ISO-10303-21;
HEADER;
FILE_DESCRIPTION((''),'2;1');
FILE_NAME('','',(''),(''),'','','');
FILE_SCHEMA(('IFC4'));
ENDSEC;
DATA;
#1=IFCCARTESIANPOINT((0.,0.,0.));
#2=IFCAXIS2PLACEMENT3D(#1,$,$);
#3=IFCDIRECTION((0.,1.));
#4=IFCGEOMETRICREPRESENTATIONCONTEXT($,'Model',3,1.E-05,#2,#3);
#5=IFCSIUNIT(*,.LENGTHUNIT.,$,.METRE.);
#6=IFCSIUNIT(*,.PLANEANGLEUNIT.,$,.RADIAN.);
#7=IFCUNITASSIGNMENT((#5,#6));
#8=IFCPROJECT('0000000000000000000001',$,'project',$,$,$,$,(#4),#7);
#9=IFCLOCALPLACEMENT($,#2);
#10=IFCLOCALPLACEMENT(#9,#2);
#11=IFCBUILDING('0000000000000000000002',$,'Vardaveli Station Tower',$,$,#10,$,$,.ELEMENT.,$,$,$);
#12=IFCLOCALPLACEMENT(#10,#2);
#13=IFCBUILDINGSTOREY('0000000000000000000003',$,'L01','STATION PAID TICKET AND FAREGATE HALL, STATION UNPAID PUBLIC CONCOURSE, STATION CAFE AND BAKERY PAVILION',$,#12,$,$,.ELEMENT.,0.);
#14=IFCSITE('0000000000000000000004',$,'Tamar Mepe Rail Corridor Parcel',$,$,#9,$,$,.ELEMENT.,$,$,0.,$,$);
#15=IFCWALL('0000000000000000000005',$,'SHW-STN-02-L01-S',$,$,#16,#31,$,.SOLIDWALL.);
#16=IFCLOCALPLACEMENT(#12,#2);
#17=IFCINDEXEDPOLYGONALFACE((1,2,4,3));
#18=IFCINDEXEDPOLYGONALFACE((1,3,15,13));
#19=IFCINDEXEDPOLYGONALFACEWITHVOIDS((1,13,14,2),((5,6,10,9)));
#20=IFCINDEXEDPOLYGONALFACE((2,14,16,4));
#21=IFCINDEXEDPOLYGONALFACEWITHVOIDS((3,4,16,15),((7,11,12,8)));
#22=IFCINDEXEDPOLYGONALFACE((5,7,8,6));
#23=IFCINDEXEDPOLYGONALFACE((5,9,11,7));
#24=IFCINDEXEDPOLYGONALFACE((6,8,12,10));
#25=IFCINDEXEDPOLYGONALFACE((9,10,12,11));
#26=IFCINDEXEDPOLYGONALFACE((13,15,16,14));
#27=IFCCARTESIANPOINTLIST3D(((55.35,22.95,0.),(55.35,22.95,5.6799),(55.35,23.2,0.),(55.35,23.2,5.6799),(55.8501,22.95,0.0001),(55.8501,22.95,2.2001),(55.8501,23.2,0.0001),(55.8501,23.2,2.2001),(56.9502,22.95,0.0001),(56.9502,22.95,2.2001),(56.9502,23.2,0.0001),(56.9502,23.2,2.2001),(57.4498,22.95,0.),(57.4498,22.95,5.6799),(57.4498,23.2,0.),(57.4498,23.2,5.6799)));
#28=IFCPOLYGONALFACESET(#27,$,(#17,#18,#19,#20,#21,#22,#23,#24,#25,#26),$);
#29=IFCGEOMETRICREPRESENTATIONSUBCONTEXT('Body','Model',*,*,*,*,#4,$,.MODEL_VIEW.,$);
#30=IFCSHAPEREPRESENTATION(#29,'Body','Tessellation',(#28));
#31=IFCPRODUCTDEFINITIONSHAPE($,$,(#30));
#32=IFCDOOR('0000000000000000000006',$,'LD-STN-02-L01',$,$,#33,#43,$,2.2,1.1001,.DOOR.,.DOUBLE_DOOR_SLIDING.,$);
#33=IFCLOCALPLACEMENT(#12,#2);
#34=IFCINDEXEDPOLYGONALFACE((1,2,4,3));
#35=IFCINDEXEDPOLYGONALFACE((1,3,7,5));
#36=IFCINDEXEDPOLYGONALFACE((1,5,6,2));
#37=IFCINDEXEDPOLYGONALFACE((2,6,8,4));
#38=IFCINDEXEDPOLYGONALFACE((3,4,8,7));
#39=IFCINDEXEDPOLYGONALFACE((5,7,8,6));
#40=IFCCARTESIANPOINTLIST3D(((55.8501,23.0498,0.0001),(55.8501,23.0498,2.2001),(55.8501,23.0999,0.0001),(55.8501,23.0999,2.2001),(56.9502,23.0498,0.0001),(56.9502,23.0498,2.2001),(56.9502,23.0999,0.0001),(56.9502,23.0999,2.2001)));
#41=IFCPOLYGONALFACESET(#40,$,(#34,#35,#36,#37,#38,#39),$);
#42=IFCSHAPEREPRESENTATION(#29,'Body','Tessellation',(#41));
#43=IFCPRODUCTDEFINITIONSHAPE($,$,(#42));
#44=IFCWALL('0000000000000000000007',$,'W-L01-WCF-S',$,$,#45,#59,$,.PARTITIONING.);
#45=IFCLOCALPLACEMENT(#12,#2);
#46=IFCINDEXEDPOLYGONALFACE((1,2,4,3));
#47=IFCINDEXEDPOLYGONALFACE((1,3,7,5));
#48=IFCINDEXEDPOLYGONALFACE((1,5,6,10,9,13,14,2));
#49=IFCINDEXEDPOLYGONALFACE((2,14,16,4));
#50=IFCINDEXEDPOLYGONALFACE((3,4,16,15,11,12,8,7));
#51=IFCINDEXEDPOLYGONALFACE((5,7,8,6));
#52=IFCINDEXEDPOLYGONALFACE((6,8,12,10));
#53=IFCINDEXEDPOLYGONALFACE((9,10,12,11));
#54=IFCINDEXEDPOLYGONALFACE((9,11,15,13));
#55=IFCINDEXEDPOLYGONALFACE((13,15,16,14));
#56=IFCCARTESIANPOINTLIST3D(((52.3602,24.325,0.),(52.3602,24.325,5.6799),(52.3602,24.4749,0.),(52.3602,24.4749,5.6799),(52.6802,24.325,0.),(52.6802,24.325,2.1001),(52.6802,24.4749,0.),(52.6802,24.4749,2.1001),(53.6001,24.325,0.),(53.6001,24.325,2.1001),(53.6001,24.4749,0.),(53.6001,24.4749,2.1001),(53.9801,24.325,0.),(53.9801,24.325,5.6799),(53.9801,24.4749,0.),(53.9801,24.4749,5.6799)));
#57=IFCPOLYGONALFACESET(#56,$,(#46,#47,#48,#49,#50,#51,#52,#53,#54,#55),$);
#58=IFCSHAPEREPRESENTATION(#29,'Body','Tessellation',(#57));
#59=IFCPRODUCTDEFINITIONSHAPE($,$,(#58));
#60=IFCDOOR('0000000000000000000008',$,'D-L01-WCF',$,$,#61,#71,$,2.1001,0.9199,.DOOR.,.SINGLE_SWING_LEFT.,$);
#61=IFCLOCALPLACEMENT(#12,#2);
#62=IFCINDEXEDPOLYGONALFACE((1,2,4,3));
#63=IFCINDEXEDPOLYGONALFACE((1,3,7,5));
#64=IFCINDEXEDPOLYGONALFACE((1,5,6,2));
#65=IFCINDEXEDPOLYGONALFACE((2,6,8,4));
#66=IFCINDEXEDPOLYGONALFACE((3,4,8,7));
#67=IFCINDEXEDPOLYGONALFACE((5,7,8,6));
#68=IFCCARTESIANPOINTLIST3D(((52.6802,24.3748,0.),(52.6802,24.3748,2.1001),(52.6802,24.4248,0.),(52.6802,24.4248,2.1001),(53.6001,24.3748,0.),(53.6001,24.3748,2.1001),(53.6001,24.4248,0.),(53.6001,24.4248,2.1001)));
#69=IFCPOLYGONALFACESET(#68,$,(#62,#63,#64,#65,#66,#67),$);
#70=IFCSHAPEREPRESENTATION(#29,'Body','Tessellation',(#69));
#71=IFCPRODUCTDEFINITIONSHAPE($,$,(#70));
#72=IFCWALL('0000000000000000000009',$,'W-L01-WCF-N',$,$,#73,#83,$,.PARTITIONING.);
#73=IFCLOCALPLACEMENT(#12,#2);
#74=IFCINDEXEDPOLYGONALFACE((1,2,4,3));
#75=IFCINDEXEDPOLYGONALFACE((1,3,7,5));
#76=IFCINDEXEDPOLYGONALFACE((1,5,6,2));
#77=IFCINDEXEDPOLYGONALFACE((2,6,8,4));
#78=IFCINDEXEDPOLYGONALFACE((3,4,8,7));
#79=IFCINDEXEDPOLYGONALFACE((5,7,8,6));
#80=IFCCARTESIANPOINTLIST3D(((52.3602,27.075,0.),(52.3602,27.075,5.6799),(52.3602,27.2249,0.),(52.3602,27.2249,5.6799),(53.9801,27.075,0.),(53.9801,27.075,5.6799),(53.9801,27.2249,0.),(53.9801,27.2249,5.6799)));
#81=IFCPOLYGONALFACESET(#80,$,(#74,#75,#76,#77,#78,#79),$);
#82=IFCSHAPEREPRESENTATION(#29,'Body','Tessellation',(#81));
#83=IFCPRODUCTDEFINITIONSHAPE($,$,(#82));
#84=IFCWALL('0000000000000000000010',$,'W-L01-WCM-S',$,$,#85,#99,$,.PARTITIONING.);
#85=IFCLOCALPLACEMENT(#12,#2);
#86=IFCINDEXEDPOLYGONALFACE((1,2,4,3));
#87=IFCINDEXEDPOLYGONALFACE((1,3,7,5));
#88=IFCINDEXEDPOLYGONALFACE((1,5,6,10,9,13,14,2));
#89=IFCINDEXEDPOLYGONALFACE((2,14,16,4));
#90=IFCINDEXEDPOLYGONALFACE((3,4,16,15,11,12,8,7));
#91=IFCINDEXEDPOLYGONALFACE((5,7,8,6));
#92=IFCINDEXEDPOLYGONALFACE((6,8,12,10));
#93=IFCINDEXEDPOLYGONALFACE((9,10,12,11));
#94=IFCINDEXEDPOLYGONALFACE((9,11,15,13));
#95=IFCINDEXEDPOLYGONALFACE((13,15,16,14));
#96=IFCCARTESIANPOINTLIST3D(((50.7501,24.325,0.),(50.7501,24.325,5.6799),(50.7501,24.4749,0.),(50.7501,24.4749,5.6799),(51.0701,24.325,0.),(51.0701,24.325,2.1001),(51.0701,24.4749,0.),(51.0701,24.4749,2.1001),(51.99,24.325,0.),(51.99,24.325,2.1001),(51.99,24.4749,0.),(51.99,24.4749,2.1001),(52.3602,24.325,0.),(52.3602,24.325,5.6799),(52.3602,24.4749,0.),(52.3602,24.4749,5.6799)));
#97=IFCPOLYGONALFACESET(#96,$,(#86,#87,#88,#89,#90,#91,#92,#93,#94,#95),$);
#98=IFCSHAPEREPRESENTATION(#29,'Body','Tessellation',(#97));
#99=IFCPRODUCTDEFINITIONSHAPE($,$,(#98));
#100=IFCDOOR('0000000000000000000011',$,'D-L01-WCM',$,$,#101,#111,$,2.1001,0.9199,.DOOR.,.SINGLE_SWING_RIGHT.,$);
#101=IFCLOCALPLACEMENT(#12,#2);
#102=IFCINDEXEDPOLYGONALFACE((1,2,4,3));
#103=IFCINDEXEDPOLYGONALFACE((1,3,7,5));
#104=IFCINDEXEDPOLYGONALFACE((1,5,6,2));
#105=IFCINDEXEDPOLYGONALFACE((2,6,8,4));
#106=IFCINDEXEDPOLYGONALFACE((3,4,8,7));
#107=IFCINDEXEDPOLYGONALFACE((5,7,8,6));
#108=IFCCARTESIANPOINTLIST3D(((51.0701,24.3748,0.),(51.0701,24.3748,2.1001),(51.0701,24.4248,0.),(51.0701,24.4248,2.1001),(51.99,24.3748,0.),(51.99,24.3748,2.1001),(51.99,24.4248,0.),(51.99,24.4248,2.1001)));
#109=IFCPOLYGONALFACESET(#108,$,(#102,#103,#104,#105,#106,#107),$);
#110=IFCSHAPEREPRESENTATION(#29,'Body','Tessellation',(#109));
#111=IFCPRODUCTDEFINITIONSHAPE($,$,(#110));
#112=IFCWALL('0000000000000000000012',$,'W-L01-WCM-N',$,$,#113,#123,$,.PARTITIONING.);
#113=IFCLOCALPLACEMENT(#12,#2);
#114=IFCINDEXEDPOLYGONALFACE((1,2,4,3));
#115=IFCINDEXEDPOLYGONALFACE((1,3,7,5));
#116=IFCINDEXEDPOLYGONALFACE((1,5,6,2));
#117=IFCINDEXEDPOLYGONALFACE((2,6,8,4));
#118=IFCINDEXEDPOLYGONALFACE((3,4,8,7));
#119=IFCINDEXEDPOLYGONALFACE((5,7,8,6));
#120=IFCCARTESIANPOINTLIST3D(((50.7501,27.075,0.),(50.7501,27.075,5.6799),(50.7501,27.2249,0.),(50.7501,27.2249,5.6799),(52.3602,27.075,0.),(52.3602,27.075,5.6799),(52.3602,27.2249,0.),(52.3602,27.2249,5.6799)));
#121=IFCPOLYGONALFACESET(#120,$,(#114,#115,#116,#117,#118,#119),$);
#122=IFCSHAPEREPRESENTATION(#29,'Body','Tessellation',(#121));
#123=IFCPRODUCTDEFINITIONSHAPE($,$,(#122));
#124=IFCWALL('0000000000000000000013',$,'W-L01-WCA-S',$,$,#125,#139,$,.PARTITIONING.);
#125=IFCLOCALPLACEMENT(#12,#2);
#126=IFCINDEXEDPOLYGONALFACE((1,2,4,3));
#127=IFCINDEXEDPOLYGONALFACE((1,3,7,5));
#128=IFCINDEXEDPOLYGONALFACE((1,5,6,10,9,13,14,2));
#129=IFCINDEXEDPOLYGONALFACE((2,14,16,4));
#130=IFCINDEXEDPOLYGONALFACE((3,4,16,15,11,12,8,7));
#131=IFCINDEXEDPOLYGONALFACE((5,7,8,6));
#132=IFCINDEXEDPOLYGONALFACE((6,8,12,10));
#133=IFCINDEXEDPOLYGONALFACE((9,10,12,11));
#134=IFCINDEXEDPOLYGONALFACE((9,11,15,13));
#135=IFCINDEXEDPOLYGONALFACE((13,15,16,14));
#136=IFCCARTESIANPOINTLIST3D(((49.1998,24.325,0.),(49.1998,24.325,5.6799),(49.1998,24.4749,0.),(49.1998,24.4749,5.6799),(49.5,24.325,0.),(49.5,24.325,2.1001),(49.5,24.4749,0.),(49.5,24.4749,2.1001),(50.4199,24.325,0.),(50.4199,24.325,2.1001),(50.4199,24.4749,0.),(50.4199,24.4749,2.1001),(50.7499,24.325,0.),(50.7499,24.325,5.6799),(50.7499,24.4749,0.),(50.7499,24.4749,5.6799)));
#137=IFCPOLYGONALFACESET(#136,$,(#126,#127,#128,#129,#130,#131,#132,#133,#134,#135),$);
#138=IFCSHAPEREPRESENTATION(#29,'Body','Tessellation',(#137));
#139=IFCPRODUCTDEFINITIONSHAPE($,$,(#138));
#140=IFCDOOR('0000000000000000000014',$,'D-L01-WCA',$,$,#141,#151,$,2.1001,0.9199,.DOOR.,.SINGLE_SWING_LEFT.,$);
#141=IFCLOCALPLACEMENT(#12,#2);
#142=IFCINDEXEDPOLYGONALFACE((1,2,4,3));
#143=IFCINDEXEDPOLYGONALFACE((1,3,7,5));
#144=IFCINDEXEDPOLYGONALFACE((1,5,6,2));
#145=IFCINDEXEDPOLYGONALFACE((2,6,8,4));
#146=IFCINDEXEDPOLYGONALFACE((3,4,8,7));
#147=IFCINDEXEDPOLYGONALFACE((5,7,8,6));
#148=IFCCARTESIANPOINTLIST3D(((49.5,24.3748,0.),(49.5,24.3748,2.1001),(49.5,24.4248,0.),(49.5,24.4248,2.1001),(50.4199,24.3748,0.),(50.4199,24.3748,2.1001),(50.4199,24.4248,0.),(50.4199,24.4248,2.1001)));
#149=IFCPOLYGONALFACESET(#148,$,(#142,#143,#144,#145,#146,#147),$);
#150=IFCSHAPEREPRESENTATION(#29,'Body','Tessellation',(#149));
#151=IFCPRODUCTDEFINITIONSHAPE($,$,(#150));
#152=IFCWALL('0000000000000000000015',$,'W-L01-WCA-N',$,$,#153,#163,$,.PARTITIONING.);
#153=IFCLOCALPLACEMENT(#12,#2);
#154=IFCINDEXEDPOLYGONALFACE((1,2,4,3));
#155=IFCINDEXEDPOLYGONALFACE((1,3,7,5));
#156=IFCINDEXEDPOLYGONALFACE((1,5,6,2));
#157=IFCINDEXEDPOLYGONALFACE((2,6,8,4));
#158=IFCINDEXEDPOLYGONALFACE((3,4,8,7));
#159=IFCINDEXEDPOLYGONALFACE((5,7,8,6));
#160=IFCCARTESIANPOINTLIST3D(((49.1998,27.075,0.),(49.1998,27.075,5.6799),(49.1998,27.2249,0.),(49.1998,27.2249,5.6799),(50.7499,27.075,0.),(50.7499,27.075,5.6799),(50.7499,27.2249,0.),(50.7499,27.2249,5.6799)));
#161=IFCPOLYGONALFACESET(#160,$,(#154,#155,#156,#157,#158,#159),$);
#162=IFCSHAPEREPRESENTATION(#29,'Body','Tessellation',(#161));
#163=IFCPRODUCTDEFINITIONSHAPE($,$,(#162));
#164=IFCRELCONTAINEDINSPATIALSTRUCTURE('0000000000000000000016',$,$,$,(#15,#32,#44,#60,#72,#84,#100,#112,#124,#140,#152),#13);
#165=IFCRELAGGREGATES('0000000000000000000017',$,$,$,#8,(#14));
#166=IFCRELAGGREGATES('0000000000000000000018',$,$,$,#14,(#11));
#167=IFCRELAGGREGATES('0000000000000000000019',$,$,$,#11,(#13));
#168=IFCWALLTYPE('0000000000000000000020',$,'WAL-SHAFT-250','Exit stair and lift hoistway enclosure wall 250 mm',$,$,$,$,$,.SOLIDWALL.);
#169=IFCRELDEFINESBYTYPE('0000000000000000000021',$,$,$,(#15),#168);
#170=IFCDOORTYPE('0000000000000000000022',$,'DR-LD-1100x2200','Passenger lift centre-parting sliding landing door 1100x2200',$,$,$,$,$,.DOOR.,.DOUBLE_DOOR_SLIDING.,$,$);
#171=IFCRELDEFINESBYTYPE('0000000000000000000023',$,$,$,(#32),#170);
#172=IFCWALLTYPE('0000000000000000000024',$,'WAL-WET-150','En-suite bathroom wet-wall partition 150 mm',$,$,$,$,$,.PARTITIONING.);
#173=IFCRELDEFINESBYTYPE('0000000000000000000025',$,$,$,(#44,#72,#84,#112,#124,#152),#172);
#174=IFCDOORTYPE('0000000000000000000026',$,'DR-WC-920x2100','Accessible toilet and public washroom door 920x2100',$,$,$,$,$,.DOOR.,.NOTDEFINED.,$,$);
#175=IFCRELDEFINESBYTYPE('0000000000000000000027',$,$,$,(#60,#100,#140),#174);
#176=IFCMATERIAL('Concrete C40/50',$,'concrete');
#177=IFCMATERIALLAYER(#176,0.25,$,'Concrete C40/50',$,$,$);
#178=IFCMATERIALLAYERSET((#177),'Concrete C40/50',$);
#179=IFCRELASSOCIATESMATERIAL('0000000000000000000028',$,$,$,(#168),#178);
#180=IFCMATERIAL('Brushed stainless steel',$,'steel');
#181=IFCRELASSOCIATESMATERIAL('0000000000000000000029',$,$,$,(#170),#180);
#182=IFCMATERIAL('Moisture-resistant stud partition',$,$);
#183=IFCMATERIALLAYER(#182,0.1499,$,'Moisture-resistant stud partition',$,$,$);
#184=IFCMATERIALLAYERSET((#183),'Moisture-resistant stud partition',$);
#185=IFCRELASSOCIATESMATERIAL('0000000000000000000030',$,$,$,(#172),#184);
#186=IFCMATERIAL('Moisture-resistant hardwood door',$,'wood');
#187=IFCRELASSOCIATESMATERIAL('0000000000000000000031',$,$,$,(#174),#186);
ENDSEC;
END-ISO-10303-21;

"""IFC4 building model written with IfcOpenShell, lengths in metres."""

from ifc_helpers import new_model, si_unit, direction, frame, frame_2d, origin, place, context, subcontext, project, spatial, rectangle, extrude, source, transform, mapped, material, layer, layer_set, type_object, element, fill, save


model = new_model("IFC4")

# Units and contexts
model_context = context("Model", 3, precision=1e-05, world=origin(), true_north=direction((0.0, 1.0)))
body_context = subcontext(model_context, "Body", "Model", "MODEL_VIEW")
ifc_project = project(units=[si_unit("LENGTHUNIT", "METRE"), si_unit("PLANEANGLEUNIT", "RADIAN")], contexts=[model_context])

# Site, building, storey
site_placement = place(None, origin())
site = spatial("IfcSite", under=ifc_project, at=site_placement, Name="Tamar Mepe Rail Corridor Parcel", CompositionType="ELEMENT", RefElevation=0.0)
building_placement = place(site_placement, origin())
building = spatial("IfcBuilding", under=site, at=building_placement, Name="Vardaveli Station Tower", CompositionType="ELEMENT")
storey_placement = place(building_placement, origin())
storey = spatial("IfcBuildingStorey", under=building, at=storey_placement, Name="L01", Description="STATION PAID TICKET AND FAREGATE HALL, STATION UNPAID PUBLIC CONCOURSE, STATION CAFE AND BAKERY PAVILION", CompositionType="ELEMENT", Elevation=0.0)

# Shared definitions
ifc_material_1 = material(Name="Concrete C40/50", Category="concrete")
ifc_layer_1 = layer(ifc_material_1, 0.25, Name="Concrete C40/50")
ifc_layer_set_1 = layer_set([ifc_layer_1], Name="Concrete C40/50")
wall_type_1 = type_object("IfcWallType", Name="WAL-SHAFT-250", Description="Exit stair and lift hoistway enclosure wall 250 mm", PredefinedType="SOLIDWALL", material=ifc_layer_set_1)

# Walls, openings, doors
shared_shape_1 = source(origin(), body_context, "Body", "SweptSolid", [
    extrude(rectangle(XDim=1.1001, YDim=2.2, at=frame_2d((0.55, 1.1001))), frame((0.0, 0.135, 0.0), z_axis=(0.0, -1.0, 0.0), x_axis=(1.0, 0.0, 0.0)), (0.0, 0.0, 1.0), 0.27),
])
shared_shape_2 = source(origin(), body_context, "Body", "SweptSolid", [
    extrude(rectangle(XDim=1.1001, YDim=2.2, at=frame_2d((0.55, 1.1001))), frame((0.0, 0.0249, 0.0), z_axis=(0.0, -1.0, 0.0), x_axis=(1.0, 0.0, 0.0)), (0.0, 0.0, 1.0), 0.05),
])
shared_shape_3 = source(origin(), body_context, "Body", "SweptSolid", [
    extrude(rectangle(XDim=2.0999, YDim=0.25, at=frame_2d((1.0498, 0.0))), origin(), (0.0, 0.0, 1.0), 5.6799),
])
wall_1_placement = place(storey_placement, frame((55.3501, 23.075, 0.0), z_axis=(0.0, 0.0, 1.0), x_axis=(1.0, 0.0, 0.0)))
wall_1 = element("IfcWall", 1, at=wall_1_placement, inside=storey, type_object=wall_type_1, Name="SHW-STN-02-L01-S", PredefinedType="SOLIDWALL", context=body_context, shape_type="MappedRepresentation", body=[
    mapped(shared_shape_3, transform((0.0, 0.0, 0.0), scale=1.0)),
])
opening_1_placement = place(wall_1_placement, frame((0.5, 0.0, 0.0)))
opening_1 = element("IfcOpeningElement", 2, at=opening_1_placement, cuts=wall_1, PredefinedType="OPENING", context=body_context, shape_type="MappedRepresentation", body=[
    mapped(shared_shape_1, transform((0.0, 0.0, 0.0), scale=1.0)),
])
ifc_material_2 = material(Name="Brushed stainless steel", Category="steel")
door_type_1 = type_object("IfcDoorType", Name="DR-LD-1100x2200", Description="Passenger lift centre-parting sliding landing door 1100x2200", OperationType="DOUBLE_DOOR_SLIDING", PredefinedType="DOOR", material=ifc_material_2)
door_1_placement = place(opening_1_placement, origin())
door_1 = element("IfcDoor", 3, at=door_1_placement, inside=storey, type_object=door_type_1, Name="LD-STN-02-L01", OperationType="DOUBLE_DOOR_SLIDING", OverallHeight=2.2, OverallWidth=1.1001, PredefinedType="DOOR", context=body_context, shape_type="MappedRepresentation", body=[
    mapped(shared_shape_2, transform((0.0, 0.0, 0.0), scale=1.0)),
])
fill(opening_1, door_1)
ifc_material_3 = material(Name="Moisture-resistant stud partition")
ifc_layer_2 = layer(ifc_material_3, 0.1499, Name="Moisture-resistant stud partition")
ifc_layer_set_2 = layer_set([ifc_layer_2], Name="Moisture-resistant stud partition")
wall_type_2 = type_object("IfcWallType", Name="WAL-WET-150", Description="En-suite bathroom wet-wall partition 150 mm", PredefinedType="PARTITIONING", material=ifc_layer_set_2)
shared_shape_4 = source(origin(), body_context, "Body", "SweptSolid", [
    extrude(rectangle(XDim=1.6199, YDim=0.1499, at=frame_2d((0.8101, 0.0))), origin(), (0.0, 0.0, 1.0), 5.6799),
])
wall_2_placement = place(storey_placement, frame((52.3601, 24.3999, 0.0), z_axis=(0.0, 0.0, 1.0), x_axis=(1.0, 0.0, 0.0)))
wall_2 = element("IfcWall", 4, at=wall_2_placement, inside=storey, type_object=wall_type_2, Name="W-L01-WCF-S", PredefinedType="PARTITIONING", context=body_context, shape_type="MappedRepresentation", body=[
    mapped(shared_shape_4, transform((0.0, 0.0, 0.0), scale=1.0)),
])
shared_shape_5 = source(origin(), body_context, "Body", "SweptSolid", [
    extrude(rectangle(XDim=0.9199, YDim=2.1001, at=frame_2d((0.46, 1.05))), frame((0.0, 0.085, 0.0), z_axis=(0.0, -1.0, 0.0), x_axis=(1.0, 0.0, 0.0)), (0.0, 0.0, 1.0), 0.1699),
])
opening_2_placement = place(wall_2_placement, frame((0.3201, 0.0, 0.0)))
opening_2 = element("IfcOpeningElement", 5, at=opening_2_placement, cuts=wall_2, PredefinedType="OPENING", context=body_context, shape_type="MappedRepresentation", body=[
    mapped(shared_shape_5, transform((0.0, 0.0, 0.0), scale=1.0)),
])
ifc_material_4 = material(Name="Moisture-resistant hardwood door", Category="wood")
door_type_2 = type_object("IfcDoorType", Name="DR-WC-920x2100", Description="Accessible toilet and public washroom door 920x2100", OperationType="NOTDEFINED", PredefinedType="DOOR", material=ifc_material_4)
shared_shape_6 = source(origin(), body_context, "Body", "SweptSolid", [
    extrude(rectangle(XDim=0.9199, YDim=2.1001, at=frame_2d((0.46, 1.05))), frame((0.0, 0.0249, 0.0), z_axis=(0.0, -1.0, 0.0), x_axis=(1.0, 0.0, 0.0)), (0.0, 0.0, 1.0), 0.05),
])
door_2_placement = place(opening_2_placement, origin())
door_2 = element("IfcDoor", 6, at=door_2_placement, inside=storey, type_object=door_type_2, Name="D-L01-WCF", OperationType="SINGLE_SWING_LEFT", OverallHeight=2.1001, OverallWidth=0.9199, PredefinedType="DOOR", context=body_context, shape_type="MappedRepresentation", body=[
    mapped(shared_shape_6, transform((0.0, 0.0, 0.0), scale=1.0)),
])
fill(opening_2, door_2)

# Wall
wall_3_placement = place(storey_placement, frame((52.3601, 27.1499, 0.0), z_axis=(0.0, 0.0, 1.0), x_axis=(1.0, 0.0, 0.0)))
element("IfcWall", 7, at=wall_3_placement, inside=storey, type_object=wall_type_2, Name="W-L01-WCF-N", PredefinedType="PARTITIONING", context=body_context, shape_type="MappedRepresentation", body=[
    mapped(shared_shape_4, transform((0.0, 0.0, 0.0), scale=1.0)),
])

# Wall, opening, door
shared_shape_7 = source(origin(), body_context, "Body", "SweptSolid", [
    extrude(rectangle(XDim=1.6101, YDim=0.1499, at=frame_2d((0.8052, 0.0))), origin(), (0.0, 0.0, 1.0), 5.6799),
])
wall_4_placement = place(storey_placement, frame((50.75, 24.3999, 0.0), z_axis=(0.0, 0.0, 1.0), x_axis=(1.0, 0.0, 0.0)))
wall_4 = element("IfcWall", 8, at=wall_4_placement, inside=storey, type_object=wall_type_2, Name="W-L01-WCM-S", PredefinedType="PARTITIONING", context=body_context, shape_type="MappedRepresentation", body=[
    mapped(shared_shape_7, transform((0.0, 0.0, 0.0), scale=1.0)),
])
opening_3_placement = place(wall_4_placement, frame((0.3201, 0.0, 0.0)))
opening_3 = element("IfcOpeningElement", 9, at=opening_3_placement, cuts=wall_4, PredefinedType="OPENING", context=body_context, shape_type="MappedRepresentation", body=[
    mapped(shared_shape_5, transform((0.0, 0.0, 0.0), scale=1.0)),
])
door_3_placement = place(opening_3_placement, origin())
door_3 = element("IfcDoor", 10, at=door_3_placement, inside=storey, type_object=door_type_2, Name="D-L01-WCM", OperationType="SINGLE_SWING_RIGHT", OverallHeight=2.1001, OverallWidth=0.9199, PredefinedType="DOOR", context=body_context, shape_type="MappedRepresentation", body=[
    mapped(shared_shape_6, transform((0.0, 0.0, 0.0), scale=1.0)),
])
fill(opening_3, door_3)

# Wall
wall_5_placement = place(storey_placement, frame((50.75, 27.1499, 0.0), z_axis=(0.0, 0.0, 1.0), x_axis=(1.0, 0.0, 0.0)))
element("IfcWall", 11, at=wall_5_placement, inside=storey, type_object=wall_type_2, Name="W-L01-WCM-N", PredefinedType="PARTITIONING", context=body_context, shape_type="MappedRepresentation", body=[
    mapped(shared_shape_7, transform((0.0, 0.0, 0.0), scale=1.0)),
])

# Wall, opening, door
shared_shape_8 = source(origin(), body_context, "Body", "SweptSolid", [
    extrude(rectangle(XDim=1.55, YDim=0.1499, at=frame_2d((0.7749, 0.0))), origin(), (0.0, 0.0, 1.0), 5.6799),
])
wall_6_placement = place(storey_placement, frame((49.2, 24.3999, 0.0), z_axis=(0.0, 0.0, 1.0), x_axis=(1.0, 0.0, 0.0)))
wall_6 = element("IfcWall", 12, at=wall_6_placement, inside=storey, type_object=wall_type_2, Name="W-L01-WCA-S", PredefinedType="PARTITIONING", context=body_context, shape_type="MappedRepresentation", body=[
    mapped(shared_shape_8, transform((0.0, 0.0, 0.0), scale=1.0)),
])
opening_4_placement = place(wall_6_placement, frame((0.3, 0.0, 0.0)))
opening_4 = element("IfcOpeningElement", 13, at=opening_4_placement, cuts=wall_6, PredefinedType="OPENING", context=body_context, shape_type="MappedRepresentation", body=[
    mapped(shared_shape_5, transform((0.0, 0.0, 0.0), scale=1.0)),
])
door_4_placement = place(opening_4_placement, origin())
door_4 = element("IfcDoor", 14, at=door_4_placement, inside=storey, type_object=door_type_2, Name="D-L01-WCA", OperationType="SINGLE_SWING_LEFT", OverallHeight=2.1001, OverallWidth=0.9199, PredefinedType="DOOR", context=body_context, shape_type="MappedRepresentation", body=[
    mapped(shared_shape_6, transform((0.0, 0.0, 0.0), scale=1.0)),
])
fill(opening_4, door_4)

# Wall
wall_7_placement = place(storey_placement, frame((49.2, 27.1499, 0.0), z_axis=(0.0, 0.0, 1.0), x_axis=(1.0, 0.0, 0.0)))
element("IfcWall", 15, at=wall_7_placement, inside=storey, type_object=wall_type_2, Name="W-L01-WCA-N", PredefinedType="PARTITIONING", context=body_context, shape_type="MappedRepresentation", body=[
    mapped(shared_shape_8, transform((0.0, 0.0, 0.0), scale=1.0)),
])

save(model, "model.ifc")
